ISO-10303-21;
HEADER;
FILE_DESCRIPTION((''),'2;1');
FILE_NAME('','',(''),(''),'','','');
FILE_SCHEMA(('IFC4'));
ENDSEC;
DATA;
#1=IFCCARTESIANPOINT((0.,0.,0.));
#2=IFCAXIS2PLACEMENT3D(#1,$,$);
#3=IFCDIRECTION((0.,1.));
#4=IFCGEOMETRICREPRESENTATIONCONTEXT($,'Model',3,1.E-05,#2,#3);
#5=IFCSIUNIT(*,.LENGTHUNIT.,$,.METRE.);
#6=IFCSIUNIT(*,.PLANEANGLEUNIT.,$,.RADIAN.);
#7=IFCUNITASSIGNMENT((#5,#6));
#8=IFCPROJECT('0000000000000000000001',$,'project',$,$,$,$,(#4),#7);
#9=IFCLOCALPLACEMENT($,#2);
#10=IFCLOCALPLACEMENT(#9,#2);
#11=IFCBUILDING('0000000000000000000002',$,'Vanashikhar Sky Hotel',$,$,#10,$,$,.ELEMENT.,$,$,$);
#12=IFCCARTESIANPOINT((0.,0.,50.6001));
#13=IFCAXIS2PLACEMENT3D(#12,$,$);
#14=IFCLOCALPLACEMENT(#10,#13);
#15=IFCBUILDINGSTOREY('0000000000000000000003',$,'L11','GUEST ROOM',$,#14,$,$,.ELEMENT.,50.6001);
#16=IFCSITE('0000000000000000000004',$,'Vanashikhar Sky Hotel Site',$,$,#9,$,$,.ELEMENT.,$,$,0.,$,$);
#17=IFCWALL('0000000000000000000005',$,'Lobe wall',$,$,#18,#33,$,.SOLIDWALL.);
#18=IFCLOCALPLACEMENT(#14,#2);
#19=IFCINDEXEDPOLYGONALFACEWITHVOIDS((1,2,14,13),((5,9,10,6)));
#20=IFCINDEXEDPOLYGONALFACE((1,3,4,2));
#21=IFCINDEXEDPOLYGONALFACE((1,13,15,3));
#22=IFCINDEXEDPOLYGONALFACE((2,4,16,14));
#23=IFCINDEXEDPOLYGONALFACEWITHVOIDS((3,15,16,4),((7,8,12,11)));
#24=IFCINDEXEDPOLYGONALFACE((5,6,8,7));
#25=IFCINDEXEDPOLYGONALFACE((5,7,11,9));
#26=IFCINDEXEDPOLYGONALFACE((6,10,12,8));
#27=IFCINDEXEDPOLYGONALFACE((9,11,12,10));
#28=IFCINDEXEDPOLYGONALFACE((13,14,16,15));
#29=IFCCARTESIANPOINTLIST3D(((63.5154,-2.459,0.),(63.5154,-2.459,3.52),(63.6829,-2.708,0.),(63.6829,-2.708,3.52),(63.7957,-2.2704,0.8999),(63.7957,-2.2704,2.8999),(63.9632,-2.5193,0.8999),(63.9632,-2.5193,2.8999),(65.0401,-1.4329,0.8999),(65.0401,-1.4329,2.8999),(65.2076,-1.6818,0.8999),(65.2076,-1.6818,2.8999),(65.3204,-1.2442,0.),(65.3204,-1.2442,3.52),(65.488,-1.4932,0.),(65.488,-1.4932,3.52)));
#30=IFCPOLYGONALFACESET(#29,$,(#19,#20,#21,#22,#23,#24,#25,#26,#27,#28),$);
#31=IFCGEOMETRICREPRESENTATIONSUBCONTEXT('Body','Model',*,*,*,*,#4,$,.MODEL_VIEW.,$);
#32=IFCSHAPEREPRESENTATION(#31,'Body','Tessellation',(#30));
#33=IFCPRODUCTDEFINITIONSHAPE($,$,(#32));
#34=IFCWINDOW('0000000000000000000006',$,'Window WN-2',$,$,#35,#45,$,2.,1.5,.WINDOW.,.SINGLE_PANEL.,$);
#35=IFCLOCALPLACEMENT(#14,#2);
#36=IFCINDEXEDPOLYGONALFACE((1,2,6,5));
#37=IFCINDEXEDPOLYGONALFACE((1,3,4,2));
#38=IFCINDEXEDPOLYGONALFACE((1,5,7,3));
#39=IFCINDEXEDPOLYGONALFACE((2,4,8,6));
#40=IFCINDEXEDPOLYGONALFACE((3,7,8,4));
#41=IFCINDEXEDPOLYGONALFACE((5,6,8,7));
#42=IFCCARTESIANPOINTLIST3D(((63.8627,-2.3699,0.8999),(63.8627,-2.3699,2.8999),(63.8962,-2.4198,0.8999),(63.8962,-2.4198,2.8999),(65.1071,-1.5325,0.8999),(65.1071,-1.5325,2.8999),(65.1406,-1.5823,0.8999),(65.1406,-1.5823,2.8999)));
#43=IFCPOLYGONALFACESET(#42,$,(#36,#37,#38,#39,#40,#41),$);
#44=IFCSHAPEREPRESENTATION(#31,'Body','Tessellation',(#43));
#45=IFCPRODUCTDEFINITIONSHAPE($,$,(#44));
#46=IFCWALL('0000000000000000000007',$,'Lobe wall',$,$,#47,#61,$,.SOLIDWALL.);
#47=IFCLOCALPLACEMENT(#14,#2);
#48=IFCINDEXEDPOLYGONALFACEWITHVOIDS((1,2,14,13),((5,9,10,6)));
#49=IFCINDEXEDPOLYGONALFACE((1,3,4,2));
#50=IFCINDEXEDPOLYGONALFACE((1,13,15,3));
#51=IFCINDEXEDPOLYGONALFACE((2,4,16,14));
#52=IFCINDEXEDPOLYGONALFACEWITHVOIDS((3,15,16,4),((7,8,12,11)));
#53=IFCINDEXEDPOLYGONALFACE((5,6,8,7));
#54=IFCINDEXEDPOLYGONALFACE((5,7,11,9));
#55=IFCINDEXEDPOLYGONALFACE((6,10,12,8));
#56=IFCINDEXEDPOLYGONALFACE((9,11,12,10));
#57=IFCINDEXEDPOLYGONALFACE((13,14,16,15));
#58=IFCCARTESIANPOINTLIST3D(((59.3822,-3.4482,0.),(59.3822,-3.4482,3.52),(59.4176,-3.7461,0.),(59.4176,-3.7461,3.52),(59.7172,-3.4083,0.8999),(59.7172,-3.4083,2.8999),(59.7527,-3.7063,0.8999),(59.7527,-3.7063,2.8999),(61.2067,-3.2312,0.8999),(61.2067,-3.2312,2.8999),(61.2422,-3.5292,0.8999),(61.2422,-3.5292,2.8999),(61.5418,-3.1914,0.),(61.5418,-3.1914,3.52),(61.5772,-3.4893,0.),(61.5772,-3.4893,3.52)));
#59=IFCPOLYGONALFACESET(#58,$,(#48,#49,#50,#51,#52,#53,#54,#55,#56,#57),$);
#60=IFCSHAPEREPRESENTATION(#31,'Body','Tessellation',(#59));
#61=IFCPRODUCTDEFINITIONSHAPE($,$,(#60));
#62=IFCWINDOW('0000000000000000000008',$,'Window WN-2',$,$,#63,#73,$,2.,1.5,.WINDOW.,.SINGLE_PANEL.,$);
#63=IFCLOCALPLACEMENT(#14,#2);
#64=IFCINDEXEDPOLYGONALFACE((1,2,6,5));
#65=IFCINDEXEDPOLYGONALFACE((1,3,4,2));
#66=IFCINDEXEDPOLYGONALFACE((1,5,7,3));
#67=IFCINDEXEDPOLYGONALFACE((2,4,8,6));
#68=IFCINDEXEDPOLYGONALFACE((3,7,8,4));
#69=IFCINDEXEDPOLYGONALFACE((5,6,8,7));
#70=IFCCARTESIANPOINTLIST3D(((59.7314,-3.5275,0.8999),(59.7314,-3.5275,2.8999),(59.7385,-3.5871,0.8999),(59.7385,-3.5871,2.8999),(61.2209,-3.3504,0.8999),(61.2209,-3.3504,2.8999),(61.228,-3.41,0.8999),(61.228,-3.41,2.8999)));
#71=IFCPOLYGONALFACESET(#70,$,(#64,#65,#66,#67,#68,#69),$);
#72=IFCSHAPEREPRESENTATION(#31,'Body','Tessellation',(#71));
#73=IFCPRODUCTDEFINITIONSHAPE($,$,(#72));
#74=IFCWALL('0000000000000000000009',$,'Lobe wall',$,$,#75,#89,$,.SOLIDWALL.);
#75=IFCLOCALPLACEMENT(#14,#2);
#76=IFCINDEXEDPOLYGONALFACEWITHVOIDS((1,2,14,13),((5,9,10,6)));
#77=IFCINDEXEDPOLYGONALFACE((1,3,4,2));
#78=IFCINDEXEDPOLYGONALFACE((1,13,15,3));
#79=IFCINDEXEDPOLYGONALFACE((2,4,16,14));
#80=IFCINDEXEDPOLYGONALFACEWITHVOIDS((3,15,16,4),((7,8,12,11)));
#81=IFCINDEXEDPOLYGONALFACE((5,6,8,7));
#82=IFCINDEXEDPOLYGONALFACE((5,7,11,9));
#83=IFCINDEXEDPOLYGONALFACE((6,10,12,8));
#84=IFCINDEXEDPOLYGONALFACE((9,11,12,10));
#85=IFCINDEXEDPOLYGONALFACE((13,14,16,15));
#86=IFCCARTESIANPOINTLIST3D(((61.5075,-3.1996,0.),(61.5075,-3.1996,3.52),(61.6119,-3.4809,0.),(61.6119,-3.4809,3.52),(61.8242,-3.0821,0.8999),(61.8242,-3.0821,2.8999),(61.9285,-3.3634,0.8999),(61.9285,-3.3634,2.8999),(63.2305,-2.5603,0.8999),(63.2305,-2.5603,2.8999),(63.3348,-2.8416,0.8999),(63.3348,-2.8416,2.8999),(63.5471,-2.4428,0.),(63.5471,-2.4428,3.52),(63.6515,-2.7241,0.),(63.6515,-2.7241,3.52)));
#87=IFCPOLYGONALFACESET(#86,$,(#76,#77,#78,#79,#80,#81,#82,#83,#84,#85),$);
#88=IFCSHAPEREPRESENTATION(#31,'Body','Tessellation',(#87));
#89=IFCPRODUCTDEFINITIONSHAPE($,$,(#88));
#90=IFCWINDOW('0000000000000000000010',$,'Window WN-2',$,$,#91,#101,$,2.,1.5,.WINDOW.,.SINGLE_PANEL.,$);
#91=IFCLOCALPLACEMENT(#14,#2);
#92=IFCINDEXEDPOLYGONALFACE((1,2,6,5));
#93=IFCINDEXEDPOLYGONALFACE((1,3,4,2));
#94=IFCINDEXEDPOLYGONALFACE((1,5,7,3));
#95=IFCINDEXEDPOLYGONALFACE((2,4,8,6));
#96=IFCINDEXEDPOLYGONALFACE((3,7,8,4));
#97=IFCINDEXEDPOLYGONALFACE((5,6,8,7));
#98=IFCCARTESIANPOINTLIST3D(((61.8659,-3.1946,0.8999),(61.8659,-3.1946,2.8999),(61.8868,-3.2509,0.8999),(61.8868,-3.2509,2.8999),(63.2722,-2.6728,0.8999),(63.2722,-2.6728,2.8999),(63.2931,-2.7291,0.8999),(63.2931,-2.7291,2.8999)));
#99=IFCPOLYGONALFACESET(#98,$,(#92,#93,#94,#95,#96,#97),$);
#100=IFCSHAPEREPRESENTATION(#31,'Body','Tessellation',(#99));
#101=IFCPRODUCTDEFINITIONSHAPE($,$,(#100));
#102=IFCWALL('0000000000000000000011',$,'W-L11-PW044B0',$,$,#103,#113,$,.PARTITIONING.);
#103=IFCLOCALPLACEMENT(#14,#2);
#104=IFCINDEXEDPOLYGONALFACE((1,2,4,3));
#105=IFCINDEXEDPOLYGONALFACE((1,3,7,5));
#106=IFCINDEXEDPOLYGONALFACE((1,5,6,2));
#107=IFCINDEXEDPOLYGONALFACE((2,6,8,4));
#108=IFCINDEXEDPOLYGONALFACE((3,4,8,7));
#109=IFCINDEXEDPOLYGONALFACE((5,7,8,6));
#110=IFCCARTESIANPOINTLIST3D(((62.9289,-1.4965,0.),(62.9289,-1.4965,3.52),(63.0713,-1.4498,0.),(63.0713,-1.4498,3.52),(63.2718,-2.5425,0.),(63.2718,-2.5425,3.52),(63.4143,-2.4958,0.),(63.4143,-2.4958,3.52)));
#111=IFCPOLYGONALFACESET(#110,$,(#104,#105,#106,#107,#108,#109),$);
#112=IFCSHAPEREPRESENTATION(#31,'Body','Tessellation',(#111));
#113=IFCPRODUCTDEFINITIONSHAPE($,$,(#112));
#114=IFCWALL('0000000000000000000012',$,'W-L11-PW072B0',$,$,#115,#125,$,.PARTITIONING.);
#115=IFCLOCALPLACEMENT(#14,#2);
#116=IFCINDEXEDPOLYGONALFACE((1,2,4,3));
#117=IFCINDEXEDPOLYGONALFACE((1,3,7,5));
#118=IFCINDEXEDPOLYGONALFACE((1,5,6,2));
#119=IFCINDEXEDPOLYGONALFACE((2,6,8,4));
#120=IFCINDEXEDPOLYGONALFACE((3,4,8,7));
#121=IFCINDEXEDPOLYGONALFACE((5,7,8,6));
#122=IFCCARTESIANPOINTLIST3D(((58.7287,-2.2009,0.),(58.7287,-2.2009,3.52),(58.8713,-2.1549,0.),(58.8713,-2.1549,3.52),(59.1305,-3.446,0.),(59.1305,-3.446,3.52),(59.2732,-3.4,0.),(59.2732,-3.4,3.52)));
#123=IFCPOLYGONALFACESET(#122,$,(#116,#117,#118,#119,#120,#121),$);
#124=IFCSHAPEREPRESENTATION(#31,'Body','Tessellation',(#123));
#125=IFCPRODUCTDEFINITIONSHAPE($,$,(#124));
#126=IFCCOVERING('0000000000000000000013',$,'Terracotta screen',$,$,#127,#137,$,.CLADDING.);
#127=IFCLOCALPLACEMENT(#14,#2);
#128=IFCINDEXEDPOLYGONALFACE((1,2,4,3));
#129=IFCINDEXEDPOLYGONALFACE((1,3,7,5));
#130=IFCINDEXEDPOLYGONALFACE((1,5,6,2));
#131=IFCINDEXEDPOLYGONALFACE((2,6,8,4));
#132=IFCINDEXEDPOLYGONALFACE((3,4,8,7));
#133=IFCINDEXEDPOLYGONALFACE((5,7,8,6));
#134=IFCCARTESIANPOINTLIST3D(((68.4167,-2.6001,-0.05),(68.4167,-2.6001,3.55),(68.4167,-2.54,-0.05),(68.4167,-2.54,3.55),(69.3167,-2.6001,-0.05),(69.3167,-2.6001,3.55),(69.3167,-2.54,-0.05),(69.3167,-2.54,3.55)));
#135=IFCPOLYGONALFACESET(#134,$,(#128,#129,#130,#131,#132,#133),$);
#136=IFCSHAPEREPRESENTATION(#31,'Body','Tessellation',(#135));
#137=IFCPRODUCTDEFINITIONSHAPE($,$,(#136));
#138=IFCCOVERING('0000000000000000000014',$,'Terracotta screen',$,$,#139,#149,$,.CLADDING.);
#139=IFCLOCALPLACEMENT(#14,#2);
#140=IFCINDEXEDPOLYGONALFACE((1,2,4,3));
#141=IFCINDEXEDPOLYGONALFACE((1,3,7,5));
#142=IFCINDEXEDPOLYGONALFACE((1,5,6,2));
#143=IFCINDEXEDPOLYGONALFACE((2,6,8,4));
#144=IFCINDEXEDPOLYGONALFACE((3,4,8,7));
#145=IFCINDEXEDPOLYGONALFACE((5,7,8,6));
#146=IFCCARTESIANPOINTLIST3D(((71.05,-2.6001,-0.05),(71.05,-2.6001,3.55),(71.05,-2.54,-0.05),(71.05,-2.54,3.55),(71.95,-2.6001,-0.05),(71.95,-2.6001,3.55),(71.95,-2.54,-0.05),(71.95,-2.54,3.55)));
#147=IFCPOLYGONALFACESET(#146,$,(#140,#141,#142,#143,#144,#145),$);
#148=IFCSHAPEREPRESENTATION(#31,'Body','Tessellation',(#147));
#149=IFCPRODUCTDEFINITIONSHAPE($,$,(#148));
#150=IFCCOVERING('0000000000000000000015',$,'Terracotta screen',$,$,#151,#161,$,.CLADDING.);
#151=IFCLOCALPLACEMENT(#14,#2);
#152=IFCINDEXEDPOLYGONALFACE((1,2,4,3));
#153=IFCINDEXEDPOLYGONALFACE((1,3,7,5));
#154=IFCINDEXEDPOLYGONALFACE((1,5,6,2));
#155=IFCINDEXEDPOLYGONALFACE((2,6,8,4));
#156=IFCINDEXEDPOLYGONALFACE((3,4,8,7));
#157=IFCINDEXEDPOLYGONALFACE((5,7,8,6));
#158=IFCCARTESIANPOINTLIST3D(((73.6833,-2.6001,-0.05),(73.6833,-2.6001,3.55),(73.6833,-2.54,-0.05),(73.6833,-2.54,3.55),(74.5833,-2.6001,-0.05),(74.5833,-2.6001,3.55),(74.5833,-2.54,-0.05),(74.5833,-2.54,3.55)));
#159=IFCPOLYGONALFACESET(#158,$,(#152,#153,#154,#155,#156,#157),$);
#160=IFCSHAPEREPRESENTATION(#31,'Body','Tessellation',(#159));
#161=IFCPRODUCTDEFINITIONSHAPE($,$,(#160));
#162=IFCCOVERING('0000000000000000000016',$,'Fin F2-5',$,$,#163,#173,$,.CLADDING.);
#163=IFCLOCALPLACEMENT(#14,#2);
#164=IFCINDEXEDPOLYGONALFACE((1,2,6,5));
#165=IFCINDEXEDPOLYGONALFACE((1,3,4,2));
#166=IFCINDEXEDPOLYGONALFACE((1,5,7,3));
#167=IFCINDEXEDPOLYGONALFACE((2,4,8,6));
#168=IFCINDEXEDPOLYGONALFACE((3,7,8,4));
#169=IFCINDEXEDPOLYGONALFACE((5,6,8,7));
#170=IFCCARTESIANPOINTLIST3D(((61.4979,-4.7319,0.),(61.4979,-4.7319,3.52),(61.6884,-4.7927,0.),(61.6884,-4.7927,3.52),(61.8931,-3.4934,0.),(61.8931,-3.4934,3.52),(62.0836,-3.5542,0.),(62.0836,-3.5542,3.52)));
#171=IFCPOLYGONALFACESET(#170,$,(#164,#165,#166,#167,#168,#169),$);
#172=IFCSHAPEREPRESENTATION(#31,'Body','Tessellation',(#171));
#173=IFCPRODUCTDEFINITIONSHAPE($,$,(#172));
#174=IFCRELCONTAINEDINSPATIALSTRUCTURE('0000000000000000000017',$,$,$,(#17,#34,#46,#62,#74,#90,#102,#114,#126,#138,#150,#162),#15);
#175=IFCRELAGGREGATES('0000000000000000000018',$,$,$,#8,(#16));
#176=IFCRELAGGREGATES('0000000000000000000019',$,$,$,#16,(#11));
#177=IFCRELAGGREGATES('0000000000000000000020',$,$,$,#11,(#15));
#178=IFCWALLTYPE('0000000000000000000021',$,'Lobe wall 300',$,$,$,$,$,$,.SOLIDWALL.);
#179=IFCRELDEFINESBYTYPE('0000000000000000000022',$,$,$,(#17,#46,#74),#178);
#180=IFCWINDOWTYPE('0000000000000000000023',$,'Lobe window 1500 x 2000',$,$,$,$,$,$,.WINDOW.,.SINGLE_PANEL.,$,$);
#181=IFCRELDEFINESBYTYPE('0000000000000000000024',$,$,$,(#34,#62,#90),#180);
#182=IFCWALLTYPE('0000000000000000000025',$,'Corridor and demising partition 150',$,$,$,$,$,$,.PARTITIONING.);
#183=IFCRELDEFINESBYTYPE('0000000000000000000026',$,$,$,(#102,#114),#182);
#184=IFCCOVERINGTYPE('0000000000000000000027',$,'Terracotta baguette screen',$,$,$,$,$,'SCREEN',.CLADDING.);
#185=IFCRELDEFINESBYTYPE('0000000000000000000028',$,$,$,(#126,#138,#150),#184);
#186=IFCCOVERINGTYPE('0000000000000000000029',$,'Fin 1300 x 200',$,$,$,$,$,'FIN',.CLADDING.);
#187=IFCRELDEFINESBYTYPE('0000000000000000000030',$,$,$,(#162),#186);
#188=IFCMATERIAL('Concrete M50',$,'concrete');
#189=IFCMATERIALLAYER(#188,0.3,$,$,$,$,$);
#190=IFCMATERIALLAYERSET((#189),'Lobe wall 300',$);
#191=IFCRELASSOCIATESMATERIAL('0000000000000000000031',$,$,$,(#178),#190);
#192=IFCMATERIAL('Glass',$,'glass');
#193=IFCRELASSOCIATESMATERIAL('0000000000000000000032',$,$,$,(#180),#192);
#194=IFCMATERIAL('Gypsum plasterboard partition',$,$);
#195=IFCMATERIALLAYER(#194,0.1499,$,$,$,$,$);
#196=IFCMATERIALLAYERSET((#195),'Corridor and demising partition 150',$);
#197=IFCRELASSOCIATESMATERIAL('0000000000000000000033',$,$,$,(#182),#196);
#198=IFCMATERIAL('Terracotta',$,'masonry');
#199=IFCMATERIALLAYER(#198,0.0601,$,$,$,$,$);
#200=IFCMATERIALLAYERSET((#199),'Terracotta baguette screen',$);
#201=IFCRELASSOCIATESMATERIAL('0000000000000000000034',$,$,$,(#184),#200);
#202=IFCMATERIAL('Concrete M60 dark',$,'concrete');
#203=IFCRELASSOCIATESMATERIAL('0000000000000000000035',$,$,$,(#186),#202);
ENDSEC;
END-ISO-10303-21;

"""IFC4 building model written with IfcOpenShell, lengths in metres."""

from ifc_helpers import new_model, si_unit, direction, frame, frame_2d, origin, origin_2d, place, context, subcontext, project, spatial, rectangle, extrude, source, transform, mapped, material, layer, layer_set, material_profile, profile_set, type_object, element, fill, save


model = new_model("IFC4")

# Units and contexts
model_context = context("Model", 3, precision=1e-05, world=origin(), true_north=direction((0.0, 1.0)))
body_context = subcontext(model_context, "Body", "Model", "MODEL_VIEW")
ifc_project = project(units=[si_unit("LENGTHUNIT", "METRE"), si_unit("PLANEANGLEUNIT", "RADIAN")], contexts=[model_context])

# Site, building, storey
site_placement = place(None, origin())
site = spatial("IfcSite", under=ifc_project, at=site_placement, Name="Vanashikhar Sky Hotel Site", CompositionType="ELEMENT", RefElevation=0.0)
building_placement = place(site_placement, origin())
building = spatial("IfcBuilding", under=site, at=building_placement, Name="Vanashikhar Sky Hotel", CompositionType="ELEMENT")
storey_placement = place(building_placement, frame((0.0, 0.0, 50.6001)))
storey = spatial("IfcBuildingStorey", under=building, at=storey_placement, Name="L11", Description="GUEST ROOM", CompositionType="ELEMENT", Elevation=50.6001)

# Walls, openings, windows
ifc_material_1 = material(Name="Concrete M50", Category="concrete")
ifc_layer_1 = layer(ifc_material_1, 0.3)
ifc_layer_set_1 = layer_set([ifc_layer_1], Name="Lobe wall 300")
wall_type_1 = type_object("IfcWallType", Name="Lobe wall 300", PredefinedType="SOLIDWALL", material=ifc_layer_set_1)
shared_shape_1 = source(origin(), body_context, "Body", "SweptSolid", [
    extrude(rectangle(XDim=2.1758, YDim=0.3, at=frame_2d((1.0879, 0.0))), origin(), (0.0, 0.0, 1.0), 3.52),
])
wall_1_placement = place(storey_placement, frame((63.5991, -2.5835, 0.0), z_axis=(0.0, 0.0, 1.0), x_axis=(0.829626, 0.55832, 0.0)))
wall_1 = element("IfcWall", 1, at=wall_1_placement, inside=storey, type_object=wall_type_1, Name="Lobe wall", PredefinedType="SOLIDWALL", context=body_context, shape_type="MappedRepresentation", body=[
    mapped(shared_shape_1, transform((0.0, 0.0, 0.0), scale=1.0)),
])
shared_shape_2 = source(origin(), body_context, "Body", "SweptSolid", [
    extrude(rectangle(XDim=1.5, YDim=2.0, at=frame_2d((0.75, 1.0))), frame((0.0, 0.1602, 0.0), z_axis=(0.0, -1.0, 0.0), x_axis=(1.0, 0.0, 0.0)), (0.0, 0.0, 1.0), 0.3201),
])
opening_1_placement = place(wall_1_placement, frame((0.3379, 0.0, 0.8999)))
opening_1 = element("IfcOpeningElement", 2, at=opening_1_placement, cuts=wall_1, PredefinedType="OPENING", context=body_context, shape_type="MappedRepresentation", body=[
    mapped(shared_shape_2, transform((0.0, 0.0, 0.0), scale=1.0)),
])
ifc_material_2 = material(Name="Glass", Category="glass")
window_type = type_object("IfcWindowType", Name="Lobe window 1500 x 2000", PartitioningType="SINGLE_PANEL", PredefinedType="WINDOW", material=ifc_material_2)
shared_shape_3 = source(origin(), body_context, "Body", "SweptSolid", [
    extrude(rectangle(XDim=1.5, YDim=2.0, at=frame_2d((0.75, 1.0))), frame((0.0, 0.03, 0.0), z_axis=(0.0, -1.0, 0.0), x_axis=(1.0, 0.0, 0.0)), (0.0, 0.0, 1.0), 0.0601),
])
window_1_placement = place(opening_1_placement, origin())
window_1 = element("IfcWindow", 3, at=window_1_placement, inside=storey, type_object=window_type, Name="Window WN-2", OverallHeight=2.0, OverallWidth=1.5, PartitioningType="SINGLE_PANEL", PredefinedType="WINDOW", context=body_context, shape_type="MappedRepresentation", body=[
    mapped(shared_shape_3, transform((0.0, 0.0, 0.0), scale=1.0)),
])
fill(opening_1, window_1)
shared_shape_4 = source(origin(), body_context, "Body", "SweptSolid", [
    extrude(rectangle(XDim=2.1748, YDim=0.3, at=frame_2d((1.0874, 0.0))), origin(), (0.0, 0.0, 1.0), 3.52),
])
wall_2_placement = place(storey_placement, frame((59.3999, -3.5972, 0.0), z_axis=(0.0, 0.0, 1.0), x_axis=(0.993003, 0.118092, 0.0)))
wall_2 = element("IfcWall", 4, at=wall_2_placement, inside=storey, type_object=wall_type_1, Name="Lobe wall", PredefinedType="SOLIDWALL", context=body_context, shape_type="MappedRepresentation", body=[
    mapped(shared_shape_4, transform((0.0, 0.0, 0.0), scale=1.0)),
])
opening_2_placement = place(wall_2_placement, frame((0.3374, 0.0, 0.8999)))
opening_2 = element("IfcOpeningElement", 5, at=opening_2_placement, cuts=wall_2, PredefinedType="OPENING", context=body_context, shape_type="MappedRepresentation", body=[
    mapped(shared_shape_2, transform((0.0, 0.0, 0.0), scale=1.0)),
])
window_2_placement = place(opening_2_placement, origin())
window_2 = element("IfcWindow", 6, at=window_2_placement, inside=storey, type_object=window_type, Name="Window WN-2", OverallHeight=2.0, OverallWidth=1.5, PartitioningType="SINGLE_PANEL", PredefinedType="WINDOW", context=body_context, shape_type="MappedRepresentation", body=[
    mapped(shared_shape_3, transform((0.0, 0.0, 0.0), scale=1.0)),
])
fill(opening_2, window_2)
shared_shape_5 = source(origin(), body_context, "Body", "SweptSolid", [
    extrude(rectangle(XDim=2.1755, YDim=0.3, at=frame_2d((1.0879, 0.0))), origin(), (0.0, 0.0, 1.0), 3.52),
])
wall_3_placement = place(storey_placement, frame((61.5596, -3.3403, 0.0), z_axis=(0.0, 0.0, 1.0), x_axis=(0.937532, 0.347899, 0.0)))
wall_3 = element("IfcWall", 7, at=wall_3_placement, inside=storey, type_object=wall_type_1, Name="Lobe wall", PredefinedType="SOLIDWALL", context=body_context, shape_type="MappedRepresentation", body=[
    mapped(shared_shape_5, transform((0.0, 0.0, 0.0), scale=1.0)),
])
opening_3_placement = place(wall_3_placement, frame((0.3379, 0.0, 0.8999)))
opening_3 = element("IfcOpeningElement", 8, at=opening_3_placement, cuts=wall_3, PredefinedType="OPENING", context=body_context, shape_type="MappedRepresentation", body=[
    mapped(shared_shape_2, transform((0.0, 0.0, 0.0), scale=1.0)),
])
window_3_placement = place(opening_3_placement, origin())
window_3 = element("IfcWindow", 9, at=window_3_placement, inside=storey, type_object=window_type, Name="Window WN-2", OverallHeight=2.0, OverallWidth=1.5, PartitioningType="SINGLE_PANEL", PredefinedType="WINDOW", context=body_context, shape_type="MappedRepresentation", body=[
    mapped(shared_shape_3, transform((0.0, 0.0, 0.0), scale=1.0)),
])
fill(opening_3, window_3)

# Walls
ifc_material_3 = material(Name="Gypsum plasterboard partition")
ifc_layer_2 = layer(ifc_material_3, 0.1499)
ifc_layer_set_2 = layer_set([ifc_layer_2], Name="Corridor and demising partition 150")
wall_type_2 = type_object("IfcWallType", Name="Corridor and demising partition 150", PredefinedType="PARTITIONING", material=ifc_layer_set_2)
shared_shape_6 = source(origin(), body_context, "Body", "SweptSolid", [
    extrude(rectangle(XDim=1.1008, YDim=0.1499, at=frame_2d((0.5503, 0.0))), origin(), (0.0, 0.0, 1.0), 3.52),
])
wall_4_placement = place(storey_placement, frame((63.343, -2.519, 0.0), z_axis=(0.0, 0.0, 1.0), x_axis=(-0.311567, 0.950224, 0.0)))
element("IfcWall", 10, at=wall_4_placement, inside=storey, type_object=wall_type_2, Name="W-L11-PW044B0", PredefinedType="PARTITIONING", context=body_context, shape_type="MappedRepresentation", body=[
    mapped(shared_shape_6, transform((0.0, 0.0, 0.0), scale=1.0)),
])
shared_shape_7 = source(origin(), body_context, "Body", "SweptSolid", [
    extrude(rectangle(XDim=1.3083, YDim=0.1499, at=frame_2d((0.6543, 0.0))), origin(), (0.0, 0.0, 1.0), 3.52),
])
wall_5_placement = place(storey_placement, frame((59.2019, -3.4231, 0.0), z_axis=(0.0, 0.0, 1.0), x_axis=(-0.307145, 0.951663, 0.0)))
element("IfcWall", 11, at=wall_5_placement, inside=storey, type_object=wall_type_2, Name="W-L11-PW072B0", PredefinedType="PARTITIONING", context=body_context, shape_type="MappedRepresentation", body=[
    mapped(shared_shape_7, transform((0.0, 0.0, 0.0), scale=1.0)),
])

# Coverings
ifc_material_4 = material(Name="Terracotta", Category="masonry")
ifc_layer_3 = layer(ifc_material_4, 0.0601)
ifc_layer_set_3 = layer_set([ifc_layer_3], Name="Terracotta baguette screen")
covering_type_1 = type_object("IfcCoveringType", Name="Terracotta baguette screen", ElementType="SCREEN", PredefinedType="CLADDING", material=ifc_layer_set_3)
shared_shape_8 = source(origin(), body_context, "Body", "SweptSolid", [
    extrude(rectangle(XDim=0.8999, YDim=0.0601, at=origin_2d()), origin(), (0.0, 0.0, 1.0), 3.6001),
])
for number, where, z_axis, x_axis, name in (
    (12, (68.8667, -2.5701, -0.05), (0.0, 0.0, 1.0), (1.0, 0.0, 0.0), "Terracotta screen"),
    (13, (71.5, -2.5701, -0.05), (0.0, 0.0, 1.0), (1.0, 0.0, 0.0), "Terracotta screen"),
    (14, (74.1333, -2.5701, -0.05), (0.0, 0.0, 1.0), (1.0, 0.0, 0.0), "Terracotta screen"),
):
    element("IfcCovering", number, at=place(storey_placement, frame(where, z_axis=z_axis, x_axis=x_axis)), inside=storey, type_object=covering_type_1, Name=name, PredefinedType="CLADDING", context=body_context, shape_type="MappedRepresentation", body=[
        mapped(shared_shape_8, transform((0.0, 0.0, 0.0), scale=1.0)),
    ])
ifc_material_5 = material(Name="Concrete M60 dark", Category="concrete")
ifc_material_profile = material_profile(ifc_material_5, rectangle(XDim=1.3, YDim=0.2, at=origin_2d()))
ifc_profile_set = profile_set([ifc_material_profile], Name="Fin 1300 x 200")
covering_type_2 = type_object("IfcCoveringType", Name="Fin 1300 x 200", ElementType="FIN", PredefinedType="CLADDING", material=ifc_profile_set)
shared_shape_9 = source(origin(), body_context, "Body", "SweptSolid", [
    extrude(rectangle(XDim=1.3, YDim=0.2, at=origin_2d()), origin(), (0.0, 0.0, 1.0), 3.52),
])
for number, where, z_axis, x_axis, name in (
    (15, (61.7908, -4.1431, 0.0), (0.0, 0.0, 1.0), (-0.303967, -0.952683, 0.0), "Fin F2-5"),
):
    element("IfcCovering", number, at=place(storey_placement, frame(where, z_axis=z_axis, x_axis=x_axis)), inside=storey, type_object=covering_type_2, Name=name, PredefinedType="CLADDING", context=body_context, shape_type="MappedRepresentation", body=[
        mapped(shared_shape_9, transform((0.0, 0.0, 0.0), scale=1.0)),
    ])

save(model, "model.ifc")
